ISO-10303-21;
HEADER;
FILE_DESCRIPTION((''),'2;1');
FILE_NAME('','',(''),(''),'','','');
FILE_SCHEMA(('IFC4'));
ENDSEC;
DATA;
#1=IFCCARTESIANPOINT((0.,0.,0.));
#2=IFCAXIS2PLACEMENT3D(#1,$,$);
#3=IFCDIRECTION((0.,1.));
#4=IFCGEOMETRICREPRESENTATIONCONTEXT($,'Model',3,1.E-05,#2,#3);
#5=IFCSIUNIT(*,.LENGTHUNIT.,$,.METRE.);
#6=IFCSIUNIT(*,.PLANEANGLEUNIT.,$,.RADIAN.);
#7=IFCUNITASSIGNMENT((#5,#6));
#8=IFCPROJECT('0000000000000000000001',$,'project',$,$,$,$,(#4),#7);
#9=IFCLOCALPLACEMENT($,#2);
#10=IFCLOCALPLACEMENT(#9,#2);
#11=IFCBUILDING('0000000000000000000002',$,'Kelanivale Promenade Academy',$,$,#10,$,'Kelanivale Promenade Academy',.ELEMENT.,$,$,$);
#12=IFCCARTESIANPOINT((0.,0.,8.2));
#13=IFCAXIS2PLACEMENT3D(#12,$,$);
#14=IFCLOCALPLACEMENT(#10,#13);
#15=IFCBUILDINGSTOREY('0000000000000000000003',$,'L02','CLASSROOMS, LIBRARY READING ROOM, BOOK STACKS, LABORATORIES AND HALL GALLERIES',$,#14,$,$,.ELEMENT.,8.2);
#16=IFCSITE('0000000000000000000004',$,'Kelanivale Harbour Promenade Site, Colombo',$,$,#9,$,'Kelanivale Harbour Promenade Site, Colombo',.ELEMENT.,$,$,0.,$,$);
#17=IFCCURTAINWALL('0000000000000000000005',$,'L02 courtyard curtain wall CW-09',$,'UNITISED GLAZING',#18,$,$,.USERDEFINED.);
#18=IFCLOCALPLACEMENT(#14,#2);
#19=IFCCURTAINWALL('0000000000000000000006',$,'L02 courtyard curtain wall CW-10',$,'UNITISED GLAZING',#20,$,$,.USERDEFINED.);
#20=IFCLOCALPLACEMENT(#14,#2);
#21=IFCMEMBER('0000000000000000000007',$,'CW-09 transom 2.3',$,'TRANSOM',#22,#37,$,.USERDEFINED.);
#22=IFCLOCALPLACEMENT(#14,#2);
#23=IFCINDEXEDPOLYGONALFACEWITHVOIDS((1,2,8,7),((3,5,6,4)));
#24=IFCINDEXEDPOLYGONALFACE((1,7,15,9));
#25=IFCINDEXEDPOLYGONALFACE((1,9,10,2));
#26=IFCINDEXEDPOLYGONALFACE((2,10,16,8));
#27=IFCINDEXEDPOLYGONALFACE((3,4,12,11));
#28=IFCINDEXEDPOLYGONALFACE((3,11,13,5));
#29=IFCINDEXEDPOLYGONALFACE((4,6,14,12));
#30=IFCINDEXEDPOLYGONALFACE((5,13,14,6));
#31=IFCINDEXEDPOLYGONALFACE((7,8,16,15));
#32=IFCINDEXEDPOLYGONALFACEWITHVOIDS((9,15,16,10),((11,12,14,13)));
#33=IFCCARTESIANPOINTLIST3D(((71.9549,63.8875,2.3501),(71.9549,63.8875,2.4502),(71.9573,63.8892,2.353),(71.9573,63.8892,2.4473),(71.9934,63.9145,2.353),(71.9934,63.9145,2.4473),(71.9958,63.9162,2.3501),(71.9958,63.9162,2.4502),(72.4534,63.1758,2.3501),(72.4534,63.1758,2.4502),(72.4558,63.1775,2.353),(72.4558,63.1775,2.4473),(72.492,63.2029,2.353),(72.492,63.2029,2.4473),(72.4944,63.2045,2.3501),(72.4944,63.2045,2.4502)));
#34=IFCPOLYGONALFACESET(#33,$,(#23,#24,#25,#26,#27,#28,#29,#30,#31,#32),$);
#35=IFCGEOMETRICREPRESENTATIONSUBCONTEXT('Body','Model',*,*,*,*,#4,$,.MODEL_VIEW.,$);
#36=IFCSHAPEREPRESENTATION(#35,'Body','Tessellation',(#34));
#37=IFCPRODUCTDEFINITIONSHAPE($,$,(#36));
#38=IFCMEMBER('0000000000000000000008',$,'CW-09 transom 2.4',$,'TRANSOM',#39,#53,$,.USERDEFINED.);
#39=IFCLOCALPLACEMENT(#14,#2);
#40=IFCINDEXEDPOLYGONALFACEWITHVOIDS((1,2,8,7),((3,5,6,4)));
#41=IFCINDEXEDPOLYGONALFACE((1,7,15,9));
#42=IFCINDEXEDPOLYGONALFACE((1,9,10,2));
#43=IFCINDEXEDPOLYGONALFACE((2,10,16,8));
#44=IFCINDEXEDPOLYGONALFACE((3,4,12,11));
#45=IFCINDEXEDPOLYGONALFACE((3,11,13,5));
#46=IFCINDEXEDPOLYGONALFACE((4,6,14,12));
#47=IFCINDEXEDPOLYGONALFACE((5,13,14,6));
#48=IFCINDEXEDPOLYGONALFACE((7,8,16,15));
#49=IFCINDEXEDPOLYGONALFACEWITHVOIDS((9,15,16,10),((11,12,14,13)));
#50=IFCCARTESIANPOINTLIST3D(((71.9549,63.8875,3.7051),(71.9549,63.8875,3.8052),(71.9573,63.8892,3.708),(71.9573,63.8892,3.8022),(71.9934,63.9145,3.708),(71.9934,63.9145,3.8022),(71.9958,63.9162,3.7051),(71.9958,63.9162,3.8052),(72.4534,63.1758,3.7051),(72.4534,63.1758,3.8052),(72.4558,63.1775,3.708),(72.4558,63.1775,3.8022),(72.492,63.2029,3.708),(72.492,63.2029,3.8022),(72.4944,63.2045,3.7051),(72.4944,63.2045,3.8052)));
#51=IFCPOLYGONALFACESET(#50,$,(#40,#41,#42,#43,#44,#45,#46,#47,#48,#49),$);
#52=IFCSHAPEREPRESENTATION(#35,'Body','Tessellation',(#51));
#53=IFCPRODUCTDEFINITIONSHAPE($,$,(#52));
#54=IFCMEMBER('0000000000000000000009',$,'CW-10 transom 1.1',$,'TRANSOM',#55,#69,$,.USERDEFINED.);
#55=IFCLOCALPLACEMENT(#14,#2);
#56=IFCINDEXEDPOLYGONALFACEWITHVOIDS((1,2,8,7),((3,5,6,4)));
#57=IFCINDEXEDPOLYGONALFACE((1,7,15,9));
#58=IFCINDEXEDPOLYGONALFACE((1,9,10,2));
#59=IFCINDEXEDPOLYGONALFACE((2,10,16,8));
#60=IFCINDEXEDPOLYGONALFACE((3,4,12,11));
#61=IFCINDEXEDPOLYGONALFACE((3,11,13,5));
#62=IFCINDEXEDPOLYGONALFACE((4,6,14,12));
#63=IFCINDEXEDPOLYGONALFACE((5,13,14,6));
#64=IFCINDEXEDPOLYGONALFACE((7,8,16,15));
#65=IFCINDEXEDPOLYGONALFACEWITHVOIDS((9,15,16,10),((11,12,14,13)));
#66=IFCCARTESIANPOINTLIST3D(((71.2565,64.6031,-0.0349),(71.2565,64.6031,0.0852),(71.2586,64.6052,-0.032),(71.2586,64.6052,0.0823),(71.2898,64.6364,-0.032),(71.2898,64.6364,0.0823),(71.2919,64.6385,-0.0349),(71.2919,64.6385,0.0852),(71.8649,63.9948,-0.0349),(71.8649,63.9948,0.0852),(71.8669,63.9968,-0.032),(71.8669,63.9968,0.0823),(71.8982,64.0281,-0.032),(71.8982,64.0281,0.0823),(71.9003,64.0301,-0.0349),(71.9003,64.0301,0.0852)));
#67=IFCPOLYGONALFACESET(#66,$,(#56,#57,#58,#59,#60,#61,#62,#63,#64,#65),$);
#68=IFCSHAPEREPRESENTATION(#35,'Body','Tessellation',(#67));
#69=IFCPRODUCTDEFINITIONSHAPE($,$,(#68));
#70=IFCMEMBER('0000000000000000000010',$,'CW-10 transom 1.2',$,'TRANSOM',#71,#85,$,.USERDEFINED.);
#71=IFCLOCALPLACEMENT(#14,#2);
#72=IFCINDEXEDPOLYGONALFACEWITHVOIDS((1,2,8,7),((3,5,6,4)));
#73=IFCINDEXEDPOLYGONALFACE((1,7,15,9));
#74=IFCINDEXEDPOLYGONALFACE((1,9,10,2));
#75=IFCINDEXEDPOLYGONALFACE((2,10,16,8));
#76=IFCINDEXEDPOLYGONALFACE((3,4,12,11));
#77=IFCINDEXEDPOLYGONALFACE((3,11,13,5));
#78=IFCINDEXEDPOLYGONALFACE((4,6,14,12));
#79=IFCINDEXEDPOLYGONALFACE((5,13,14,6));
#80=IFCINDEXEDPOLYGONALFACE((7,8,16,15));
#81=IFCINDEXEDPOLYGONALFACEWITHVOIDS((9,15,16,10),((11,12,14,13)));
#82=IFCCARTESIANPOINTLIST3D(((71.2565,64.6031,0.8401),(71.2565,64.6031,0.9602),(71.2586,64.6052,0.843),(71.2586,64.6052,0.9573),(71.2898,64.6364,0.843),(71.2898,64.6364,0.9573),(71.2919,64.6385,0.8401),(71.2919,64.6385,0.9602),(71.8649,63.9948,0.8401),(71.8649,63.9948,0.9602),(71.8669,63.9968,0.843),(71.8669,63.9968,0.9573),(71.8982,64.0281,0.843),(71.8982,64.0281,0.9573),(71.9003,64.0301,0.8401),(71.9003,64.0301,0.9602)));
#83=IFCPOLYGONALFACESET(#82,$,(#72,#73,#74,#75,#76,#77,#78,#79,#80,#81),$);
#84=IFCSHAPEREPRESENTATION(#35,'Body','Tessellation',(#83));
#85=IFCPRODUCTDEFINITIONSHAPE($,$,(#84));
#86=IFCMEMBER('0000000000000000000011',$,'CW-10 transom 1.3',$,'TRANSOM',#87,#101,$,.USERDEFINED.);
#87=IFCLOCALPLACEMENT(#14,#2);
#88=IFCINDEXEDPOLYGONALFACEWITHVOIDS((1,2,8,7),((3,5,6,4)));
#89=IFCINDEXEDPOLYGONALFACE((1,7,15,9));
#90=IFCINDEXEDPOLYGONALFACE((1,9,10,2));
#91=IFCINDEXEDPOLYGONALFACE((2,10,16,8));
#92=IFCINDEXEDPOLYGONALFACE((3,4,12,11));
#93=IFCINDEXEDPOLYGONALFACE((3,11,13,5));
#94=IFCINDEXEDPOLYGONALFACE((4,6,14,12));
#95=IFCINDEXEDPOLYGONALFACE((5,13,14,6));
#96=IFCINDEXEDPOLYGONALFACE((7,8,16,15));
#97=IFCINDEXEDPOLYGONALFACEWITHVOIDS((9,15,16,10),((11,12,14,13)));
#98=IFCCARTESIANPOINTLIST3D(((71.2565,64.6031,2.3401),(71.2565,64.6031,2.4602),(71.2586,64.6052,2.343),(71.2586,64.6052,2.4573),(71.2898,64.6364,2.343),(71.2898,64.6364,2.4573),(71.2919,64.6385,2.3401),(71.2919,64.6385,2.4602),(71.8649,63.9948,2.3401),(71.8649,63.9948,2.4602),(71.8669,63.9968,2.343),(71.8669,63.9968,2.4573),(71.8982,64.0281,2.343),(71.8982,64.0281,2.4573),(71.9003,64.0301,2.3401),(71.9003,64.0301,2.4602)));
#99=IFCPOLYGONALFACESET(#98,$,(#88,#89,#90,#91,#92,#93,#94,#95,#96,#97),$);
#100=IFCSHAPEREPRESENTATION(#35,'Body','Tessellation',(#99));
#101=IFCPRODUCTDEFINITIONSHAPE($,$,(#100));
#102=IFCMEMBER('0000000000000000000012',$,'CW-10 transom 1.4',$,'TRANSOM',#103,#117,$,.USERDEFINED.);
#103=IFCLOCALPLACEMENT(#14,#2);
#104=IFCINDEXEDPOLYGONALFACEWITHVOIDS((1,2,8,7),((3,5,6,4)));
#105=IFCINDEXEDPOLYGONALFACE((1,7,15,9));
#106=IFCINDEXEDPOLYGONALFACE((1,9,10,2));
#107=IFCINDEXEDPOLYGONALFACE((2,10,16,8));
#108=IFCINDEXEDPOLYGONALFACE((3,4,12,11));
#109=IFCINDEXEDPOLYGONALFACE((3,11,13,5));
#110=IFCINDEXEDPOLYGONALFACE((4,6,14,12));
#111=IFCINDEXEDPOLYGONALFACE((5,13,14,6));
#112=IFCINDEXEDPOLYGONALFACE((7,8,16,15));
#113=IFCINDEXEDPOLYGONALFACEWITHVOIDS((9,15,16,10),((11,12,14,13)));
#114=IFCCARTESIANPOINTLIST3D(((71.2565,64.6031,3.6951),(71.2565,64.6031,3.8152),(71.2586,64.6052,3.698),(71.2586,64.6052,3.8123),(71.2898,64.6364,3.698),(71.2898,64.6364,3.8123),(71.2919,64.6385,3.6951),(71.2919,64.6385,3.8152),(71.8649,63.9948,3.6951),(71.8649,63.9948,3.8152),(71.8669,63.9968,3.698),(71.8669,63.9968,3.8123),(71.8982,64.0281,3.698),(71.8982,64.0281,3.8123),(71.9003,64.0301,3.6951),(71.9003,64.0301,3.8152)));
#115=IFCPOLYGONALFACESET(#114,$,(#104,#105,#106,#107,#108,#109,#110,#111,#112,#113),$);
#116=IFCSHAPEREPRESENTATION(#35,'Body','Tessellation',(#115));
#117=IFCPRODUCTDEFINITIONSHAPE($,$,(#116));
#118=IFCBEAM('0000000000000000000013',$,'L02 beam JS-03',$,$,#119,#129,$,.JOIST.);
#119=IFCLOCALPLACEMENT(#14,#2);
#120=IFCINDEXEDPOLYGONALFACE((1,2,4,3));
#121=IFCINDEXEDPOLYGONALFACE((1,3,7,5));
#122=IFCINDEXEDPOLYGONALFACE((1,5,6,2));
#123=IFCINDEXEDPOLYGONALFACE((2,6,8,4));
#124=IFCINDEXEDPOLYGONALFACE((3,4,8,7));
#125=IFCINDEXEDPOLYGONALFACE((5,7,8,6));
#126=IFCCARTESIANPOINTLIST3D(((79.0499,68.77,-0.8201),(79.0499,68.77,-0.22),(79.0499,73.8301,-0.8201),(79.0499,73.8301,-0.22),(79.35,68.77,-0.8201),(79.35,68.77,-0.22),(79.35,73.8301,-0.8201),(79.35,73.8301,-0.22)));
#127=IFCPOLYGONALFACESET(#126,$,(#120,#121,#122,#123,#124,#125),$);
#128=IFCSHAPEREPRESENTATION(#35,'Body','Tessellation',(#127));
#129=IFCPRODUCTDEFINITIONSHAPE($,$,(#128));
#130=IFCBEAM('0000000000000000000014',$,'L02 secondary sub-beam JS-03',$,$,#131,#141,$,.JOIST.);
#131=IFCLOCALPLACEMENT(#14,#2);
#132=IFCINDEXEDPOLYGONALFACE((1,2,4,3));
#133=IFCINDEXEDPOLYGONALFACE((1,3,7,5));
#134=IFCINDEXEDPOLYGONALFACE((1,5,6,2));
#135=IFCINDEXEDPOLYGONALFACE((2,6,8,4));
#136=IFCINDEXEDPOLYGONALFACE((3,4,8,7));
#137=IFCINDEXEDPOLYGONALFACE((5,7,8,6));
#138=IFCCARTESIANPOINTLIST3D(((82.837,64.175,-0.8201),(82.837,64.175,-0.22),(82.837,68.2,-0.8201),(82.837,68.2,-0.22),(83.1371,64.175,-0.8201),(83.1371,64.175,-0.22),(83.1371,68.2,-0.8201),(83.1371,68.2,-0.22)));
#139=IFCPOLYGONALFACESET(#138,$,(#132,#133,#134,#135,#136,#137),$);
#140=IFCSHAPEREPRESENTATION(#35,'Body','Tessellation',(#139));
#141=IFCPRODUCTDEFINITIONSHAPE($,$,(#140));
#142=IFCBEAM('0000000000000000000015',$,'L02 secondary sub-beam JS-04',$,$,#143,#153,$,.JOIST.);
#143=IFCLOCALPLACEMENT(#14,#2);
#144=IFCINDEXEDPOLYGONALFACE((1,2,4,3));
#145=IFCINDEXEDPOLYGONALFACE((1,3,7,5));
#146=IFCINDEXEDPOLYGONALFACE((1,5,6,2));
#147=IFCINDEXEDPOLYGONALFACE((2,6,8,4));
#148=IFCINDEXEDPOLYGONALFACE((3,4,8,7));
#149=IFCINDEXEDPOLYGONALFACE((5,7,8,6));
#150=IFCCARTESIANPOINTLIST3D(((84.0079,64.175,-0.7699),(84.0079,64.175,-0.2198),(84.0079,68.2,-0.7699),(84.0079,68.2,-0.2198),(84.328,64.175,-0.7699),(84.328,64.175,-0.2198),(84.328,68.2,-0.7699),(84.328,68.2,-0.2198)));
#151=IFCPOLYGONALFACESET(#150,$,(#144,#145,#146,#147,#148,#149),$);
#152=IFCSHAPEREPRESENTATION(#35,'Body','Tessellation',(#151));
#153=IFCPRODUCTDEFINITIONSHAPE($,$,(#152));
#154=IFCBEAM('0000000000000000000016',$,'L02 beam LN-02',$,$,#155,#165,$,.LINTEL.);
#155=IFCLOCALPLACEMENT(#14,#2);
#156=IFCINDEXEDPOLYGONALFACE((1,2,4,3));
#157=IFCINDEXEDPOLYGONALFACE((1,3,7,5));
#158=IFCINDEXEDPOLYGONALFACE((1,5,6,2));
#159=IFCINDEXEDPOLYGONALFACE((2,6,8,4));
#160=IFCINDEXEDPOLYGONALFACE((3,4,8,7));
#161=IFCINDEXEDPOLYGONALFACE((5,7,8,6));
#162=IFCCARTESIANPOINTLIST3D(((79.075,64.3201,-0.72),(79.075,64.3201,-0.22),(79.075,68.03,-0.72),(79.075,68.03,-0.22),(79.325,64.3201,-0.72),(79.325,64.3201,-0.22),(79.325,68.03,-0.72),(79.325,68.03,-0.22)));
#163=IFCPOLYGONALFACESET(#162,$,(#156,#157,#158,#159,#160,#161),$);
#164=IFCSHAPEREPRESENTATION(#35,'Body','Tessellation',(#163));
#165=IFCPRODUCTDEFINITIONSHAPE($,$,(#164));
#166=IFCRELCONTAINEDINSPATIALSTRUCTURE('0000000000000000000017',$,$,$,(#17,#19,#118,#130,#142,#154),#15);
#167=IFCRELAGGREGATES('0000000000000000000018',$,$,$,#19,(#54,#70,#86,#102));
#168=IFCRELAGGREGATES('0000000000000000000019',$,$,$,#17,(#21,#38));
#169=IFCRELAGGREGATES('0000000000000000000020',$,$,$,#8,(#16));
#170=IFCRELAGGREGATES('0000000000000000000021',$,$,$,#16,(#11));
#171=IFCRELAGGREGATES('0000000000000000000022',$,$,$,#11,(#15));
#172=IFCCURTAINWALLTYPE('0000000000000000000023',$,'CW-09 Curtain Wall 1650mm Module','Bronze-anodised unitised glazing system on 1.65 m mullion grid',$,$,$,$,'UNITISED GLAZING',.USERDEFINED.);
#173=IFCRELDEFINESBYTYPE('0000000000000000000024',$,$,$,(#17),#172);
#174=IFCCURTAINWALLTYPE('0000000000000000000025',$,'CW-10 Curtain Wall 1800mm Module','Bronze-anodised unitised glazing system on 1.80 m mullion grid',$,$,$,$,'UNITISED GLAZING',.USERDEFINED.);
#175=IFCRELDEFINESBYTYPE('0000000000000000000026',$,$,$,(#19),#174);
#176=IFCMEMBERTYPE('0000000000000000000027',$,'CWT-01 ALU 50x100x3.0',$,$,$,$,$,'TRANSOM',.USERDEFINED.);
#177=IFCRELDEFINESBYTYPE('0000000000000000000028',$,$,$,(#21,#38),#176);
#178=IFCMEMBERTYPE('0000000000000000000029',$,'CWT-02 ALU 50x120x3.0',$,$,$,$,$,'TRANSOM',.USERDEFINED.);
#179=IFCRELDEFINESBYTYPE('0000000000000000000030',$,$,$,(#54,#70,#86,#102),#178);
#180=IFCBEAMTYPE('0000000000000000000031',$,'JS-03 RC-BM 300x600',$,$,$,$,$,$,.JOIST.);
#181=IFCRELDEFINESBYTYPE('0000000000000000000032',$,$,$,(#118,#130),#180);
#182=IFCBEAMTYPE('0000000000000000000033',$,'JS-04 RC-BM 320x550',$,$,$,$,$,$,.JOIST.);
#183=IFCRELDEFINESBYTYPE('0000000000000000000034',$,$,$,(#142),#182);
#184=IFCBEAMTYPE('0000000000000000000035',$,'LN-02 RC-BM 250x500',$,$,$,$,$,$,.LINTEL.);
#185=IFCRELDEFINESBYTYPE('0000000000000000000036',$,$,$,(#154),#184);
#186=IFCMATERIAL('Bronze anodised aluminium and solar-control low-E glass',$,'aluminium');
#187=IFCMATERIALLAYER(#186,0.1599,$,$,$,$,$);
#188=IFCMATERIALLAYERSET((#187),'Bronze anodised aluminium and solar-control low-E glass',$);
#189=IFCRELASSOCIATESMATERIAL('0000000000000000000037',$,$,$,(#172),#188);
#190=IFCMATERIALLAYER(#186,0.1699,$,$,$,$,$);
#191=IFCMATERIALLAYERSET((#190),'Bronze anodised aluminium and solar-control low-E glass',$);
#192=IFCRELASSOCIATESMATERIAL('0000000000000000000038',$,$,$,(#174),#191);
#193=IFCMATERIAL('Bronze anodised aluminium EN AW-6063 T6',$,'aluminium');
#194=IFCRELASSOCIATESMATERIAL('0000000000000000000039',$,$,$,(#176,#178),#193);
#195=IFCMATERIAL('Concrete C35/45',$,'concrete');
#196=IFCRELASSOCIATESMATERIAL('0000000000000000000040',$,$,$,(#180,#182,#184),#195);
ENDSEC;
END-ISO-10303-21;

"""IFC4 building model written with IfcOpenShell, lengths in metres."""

from ifc_helpers import new_model, si_unit, direction, frame, origin, origin_2d, place, context, subcontext, project, spatial, rectangle, hollow_rectangle, extrude, material, layer, layer_set, material_profile, profile_set, type_object, element, aggregate, save


model = new_model("IFC4")

# Units and contexts
model_context = context("Model", 3, precision=1e-05, world=origin(), true_north=direction((0.0, 1.0)))
body_context = subcontext(model_context, "Body", "Model", "MODEL_VIEW")
ifc_project = project(units=[si_unit("LENGTHUNIT", "METRE"), si_unit("PLANEANGLEUNIT", "RADIAN")], contexts=[model_context])

# Site, building, storey
site_placement = place(None, origin())
site = spatial("IfcSite", under=ifc_project, at=site_placement, Name="Kelanivale Harbour Promenade Site, Colombo", LongName="Kelanivale Harbour Promenade Site, Colombo", CompositionType="ELEMENT", RefElevation=0.0)
building_placement = place(site_placement, origin())
building = spatial("IfcBuilding", under=site, at=building_placement, Name="Kelanivale Promenade Academy", LongName="Kelanivale Promenade Academy", CompositionType="ELEMENT")
storey_placement = place(building_placement, frame((0.0, 0.0, 8.2)))
storey = spatial("IfcBuildingStorey", under=building, at=storey_placement, Name="L02", Description="CLASSROOMS, LIBRARY READING ROOM, BOOK STACKS, LABORATORIES AND HALL GALLERIES", CompositionType="ELEMENT", Elevation=8.2)

# Shared definitions
ifc_material_1 = material(Name="Concrete C35/45", Category="concrete")

# Curtain walls
ifc_material_2 = material(Name="Bronze anodised aluminium and solar-control low-E glass", Category="aluminium")
ifc_layer_1 = layer(ifc_material_2, 0.1599)
ifc_layer_set_1 = layer_set([ifc_layer_1], Name="Bronze anodised aluminium and solar-control low-E glass")
curtain_wall_type_1 = type_object("IfcCurtainWallType", Name="CW-09 Curtain Wall 1650mm Module", Description="Bronze-anodised unitised glazing system on 1.65 m mullion grid", ElementType="UNITISED GLAZING", PredefinedType="USERDEFINED", material=ifc_layer_set_1)
curtain_wall_1_placement = place(storey_placement, origin())
curtain_wall_1 = element("IfcCurtainWall", 1, at=curtain_wall_1_placement, inside=storey, type_object=curtain_wall_type_1, Name="L02 courtyard curtain wall CW-09", ObjectType="UNITISED GLAZING", PredefinedType="USERDEFINED")
ifc_material_3 = material(Name="Bronze anodised aluminium EN AW-6063 T6", Category="aluminium")
ifc_layer_2 = layer(ifc_material_2, 0.1699)
ifc_layer_set_2 = layer_set([ifc_layer_2], Name="Bronze anodised aluminium and solar-control low-E glass")
curtain_wall_type_2 = type_object("IfcCurtainWallType", Name="CW-10 Curtain Wall 1800mm Module", Description="Bronze-anodised unitised glazing system on 1.80 m mullion grid", ElementType="UNITISED GLAZING", PredefinedType="USERDEFINED", material=ifc_layer_set_2)
curtain_wall_2_placement = place(storey_placement, origin())
curtain_wall_2 = element("IfcCurtainWall", 2, at=curtain_wall_2_placement, inside=storey, type_object=curtain_wall_type_2, Name="L02 courtyard curtain wall CW-10", ObjectType="UNITISED GLAZING", PredefinedType="USERDEFINED")

# Members
ifc_material_profile_1 = material_profile(ifc_material_3, hollow_rectangle(XDim=0.05, YDim=0.1001, WallThickness=0.0029, at=origin_2d()), Name="ALU 50x100x3.0")
ifc_profile_set_1 = profile_set([ifc_material_profile_1], Name="Bronze anodised aluminium EN AW-6063 T6")
member_type_1 = type_object("IfcMemberType", Name="CWT-01 ALU 50x100x3.0", ElementType="TRANSOM", PredefinedType="USERDEFINED", material=ifc_profile_set_1)
member_1_placement = place(storey_placement, frame((72.4739, 63.1902, 2.4001), z_axis=(-0.573745, 0.819034, 0.0), x_axis=(-0.819034, -0.573745, 0.0)))
member_1 = element("IfcMember", 3, at=member_1_placement, type_object=member_type_1, Name="CW-09 transom 2.3", ObjectType="TRANSOM", PredefinedType="USERDEFINED", context=body_context, shape_type="SweptSolid", body=[
    extrude(hollow_rectangle(XDim=0.05, YDim=0.1001, WallThickness=0.0029, at=origin_2d()), origin(), (0.0, 0.0, 1.0), 0.8689),
])
member_2_placement = place(storey_placement, frame((72.4739, 63.1902, 3.7551), z_axis=(-0.573745, 0.819034, 0.0), x_axis=(-0.819034, -0.573745, 0.0)))
member_2 = element("IfcMember", 4, at=member_2_placement, type_object=member_type_1, Name="CW-09 transom 2.4", ObjectType="TRANSOM", PredefinedType="USERDEFINED", context=body_context, shape_type="SweptSolid", body=[
    extrude(hollow_rectangle(XDim=0.05, YDim=0.1001, WallThickness=0.0029, at=origin_2d()), origin(), (0.0, 0.0, 1.0), 0.8689),
])
ifc_material_profile_2 = material_profile(ifc_material_3, hollow_rectangle(XDim=0.05, YDim=0.1201, WallThickness=0.0029, at=origin_2d()), Name="ALU 50x120x3.0")
ifc_profile_set_2 = profile_set([ifc_material_profile_2], Name="Bronze anodised aluminium EN AW-6063 T6")
member_type_2 = type_object("IfcMemberType", Name="CWT-02 ALU 50x120x3.0", ElementType="TRANSOM", PredefinedType="USERDEFINED", material=ifc_profile_set_2)
member_3_placement = place(storey_placement, frame((71.8826, 64.0125, 0.0251), z_axis=(-0.707107, 0.707107, 0.0), x_axis=(-0.707107, -0.707107, 0.0)))
member_3 = element("IfcMember", 5, at=member_3_placement, type_object=member_type_2, Name="CW-10 transom 1.1", ObjectType="TRANSOM", PredefinedType="USERDEFINED", context=body_context, shape_type="SweptSolid", body=[
    extrude(hollow_rectangle(XDim=0.05, YDim=0.1201, WallThickness=0.0029, at=origin_2d()), origin(), (0.0, 0.0, 1.0), 0.8604),
])
member_4_placement = place(storey_placement, frame((71.8826, 64.0125, 0.9001), z_axis=(-0.707107, 0.707107, 0.0), x_axis=(-0.707107, -0.707107, 0.0)))
member_4 = element("IfcMember", 6, at=member_4_placement, type_object=member_type_2, Name="CW-10 transom 1.2", ObjectType="TRANSOM", PredefinedType="USERDEFINED", context=body_context, shape_type="SweptSolid", body=[
    extrude(hollow_rectangle(XDim=0.05, YDim=0.1201, WallThickness=0.0029, at=origin_2d()), origin(), (0.0, 0.0, 1.0), 0.8604),
])
member_5_placement = place(storey_placement, frame((71.8826, 64.0125, 2.4001), z_axis=(-0.707107, 0.707107, 0.0), x_axis=(-0.707107, -0.707107, 0.0)))
member_5 = element("IfcMember", 7, at=member_5_placement, type_object=member_type_2, Name="CW-10 transom 1.3", ObjectType="TRANSOM", PredefinedType="USERDEFINED", context=body_context, shape_type="SweptSolid", body=[
    extrude(hollow_rectangle(XDim=0.05, YDim=0.1201, WallThickness=0.0029, at=origin_2d()), origin(), (0.0, 0.0, 1.0), 0.8604),
])
member_6_placement = place(storey_placement, frame((71.8826, 64.0125, 3.7551), z_axis=(-0.707107, 0.707107, 0.0), x_axis=(-0.707107, -0.707107, 0.0)))
member_6 = element("IfcMember", 8, at=member_6_placement, type_object=member_type_2, Name="CW-10 transom 1.4", ObjectType="TRANSOM", PredefinedType="USERDEFINED", context=body_context, shape_type="SweptSolid", body=[
    extrude(hollow_rectangle(XDim=0.05, YDim=0.1201, WallThickness=0.0029, at=origin_2d()), origin(), (0.0, 0.0, 1.0), 0.8604),
])

# Beams
ifc_material_profile_3 = material_profile(ifc_material_1, rectangle(XDim=0.3, YDim=0.6001, at=origin_2d()), Name="RC-BM 300x600")
ifc_profile_set_3 = profile_set([ifc_material_profile_3], Name="Concrete C35/45")
beam_type_1 = type_object("IfcBeamType", Name="JS-03 RC-BM 300x600", PredefinedType="JOIST", material=ifc_profile_set_3)
beam_1_placement = place(storey_placement, frame((79.2, 68.77, -0.52), z_axis=(0.0, 1.0, 0.0), x_axis=(-1.0, 0.0, 0.0)))
element("IfcBeam", 9, at=beam_1_placement, inside=storey, type_object=beam_type_1, Name="L02 beam JS-03", PredefinedType="JOIST", context=body_context, shape_type="SweptSolid", body=[
    extrude(rectangle(XDim=0.3, YDim=0.6001, at=origin_2d()), origin(), (0.0, 0.0, 1.0), 5.0601),
])
beam_2_placement = place(storey_placement, frame((82.9871, 64.175, -0.52), z_axis=(0.0, 1.0, 0.0), x_axis=(-1.0, 0.0, 0.0)))
element("IfcBeam", 10, at=beam_2_placement, inside=storey, type_object=beam_type_1, Name="L02 secondary sub-beam JS-03", PredefinedType="JOIST", context=body_context, shape_type="SweptSolid", body=[
    extrude(rectangle(XDim=0.3, YDim=0.6001, at=origin_2d()), origin(), (0.0, 0.0, 1.0), 4.0249),
])
ifc_material_profile_4 = material_profile(ifc_material_1, rectangle(XDim=0.3201, YDim=0.55, at=origin_2d()), Name="RC-BM 320x550")
ifc_profile_set_4 = profile_set([ifc_material_profile_4], Name="Concrete C35/45")
beam_type_2 = type_object("IfcBeamType", Name="JS-04 RC-BM 320x550", PredefinedType="JOIST", material=ifc_profile_set_4)
beam_3_placement = place(storey_placement, frame((84.168, 64.175, -0.4949), z_axis=(0.0, 1.0, 0.0), x_axis=(-1.0, 0.0, 0.0)))
element("IfcBeam", 11, at=beam_3_placement, inside=storey, type_object=beam_type_2, Name="L02 secondary sub-beam JS-04", PredefinedType="JOIST", context=body_context, shape_type="SweptSolid", body=[
    extrude(rectangle(XDim=0.3201, YDim=0.55, at=origin_2d()), origin(), (0.0, 0.0, 1.0), 4.0249),
])
ifc_material_profile_5 = material_profile(ifc_material_1, rectangle(XDim=0.25, YDim=0.5, at=origin_2d()), Name="RC-BM 250x500")
ifc_profile_set_5 = profile_set([ifc_material_profile_5], Name="Concrete C35/45")
beam_type_3 = type_object("IfcBeamType", Name="LN-02 RC-BM 250x500", PredefinedType="LINTEL", material=ifc_profile_set_5)
beam_4_placement = place(storey_placement, frame((79.2, 64.3201, -0.47), z_axis=(0.0, 1.0, 0.0), x_axis=(-1.0, 0.0, 0.0)))
element("IfcBeam", 12, at=beam_4_placement, inside=storey, type_object=beam_type_3, Name="L02 beam LN-02", PredefinedType="LINTEL", context=body_context, shape_type="SweptSolid", body=[
    extrude(rectangle(XDim=0.25, YDim=0.5, at=origin_2d()), origin(), (0.0, 0.0, 1.0), 3.71),
])

aggregate(curtain_wall_2, [member_3, member_4, member_5, member_6])
aggregate(curtain_wall_1, [member_1, member_2])

save(model, "model.ifc")
